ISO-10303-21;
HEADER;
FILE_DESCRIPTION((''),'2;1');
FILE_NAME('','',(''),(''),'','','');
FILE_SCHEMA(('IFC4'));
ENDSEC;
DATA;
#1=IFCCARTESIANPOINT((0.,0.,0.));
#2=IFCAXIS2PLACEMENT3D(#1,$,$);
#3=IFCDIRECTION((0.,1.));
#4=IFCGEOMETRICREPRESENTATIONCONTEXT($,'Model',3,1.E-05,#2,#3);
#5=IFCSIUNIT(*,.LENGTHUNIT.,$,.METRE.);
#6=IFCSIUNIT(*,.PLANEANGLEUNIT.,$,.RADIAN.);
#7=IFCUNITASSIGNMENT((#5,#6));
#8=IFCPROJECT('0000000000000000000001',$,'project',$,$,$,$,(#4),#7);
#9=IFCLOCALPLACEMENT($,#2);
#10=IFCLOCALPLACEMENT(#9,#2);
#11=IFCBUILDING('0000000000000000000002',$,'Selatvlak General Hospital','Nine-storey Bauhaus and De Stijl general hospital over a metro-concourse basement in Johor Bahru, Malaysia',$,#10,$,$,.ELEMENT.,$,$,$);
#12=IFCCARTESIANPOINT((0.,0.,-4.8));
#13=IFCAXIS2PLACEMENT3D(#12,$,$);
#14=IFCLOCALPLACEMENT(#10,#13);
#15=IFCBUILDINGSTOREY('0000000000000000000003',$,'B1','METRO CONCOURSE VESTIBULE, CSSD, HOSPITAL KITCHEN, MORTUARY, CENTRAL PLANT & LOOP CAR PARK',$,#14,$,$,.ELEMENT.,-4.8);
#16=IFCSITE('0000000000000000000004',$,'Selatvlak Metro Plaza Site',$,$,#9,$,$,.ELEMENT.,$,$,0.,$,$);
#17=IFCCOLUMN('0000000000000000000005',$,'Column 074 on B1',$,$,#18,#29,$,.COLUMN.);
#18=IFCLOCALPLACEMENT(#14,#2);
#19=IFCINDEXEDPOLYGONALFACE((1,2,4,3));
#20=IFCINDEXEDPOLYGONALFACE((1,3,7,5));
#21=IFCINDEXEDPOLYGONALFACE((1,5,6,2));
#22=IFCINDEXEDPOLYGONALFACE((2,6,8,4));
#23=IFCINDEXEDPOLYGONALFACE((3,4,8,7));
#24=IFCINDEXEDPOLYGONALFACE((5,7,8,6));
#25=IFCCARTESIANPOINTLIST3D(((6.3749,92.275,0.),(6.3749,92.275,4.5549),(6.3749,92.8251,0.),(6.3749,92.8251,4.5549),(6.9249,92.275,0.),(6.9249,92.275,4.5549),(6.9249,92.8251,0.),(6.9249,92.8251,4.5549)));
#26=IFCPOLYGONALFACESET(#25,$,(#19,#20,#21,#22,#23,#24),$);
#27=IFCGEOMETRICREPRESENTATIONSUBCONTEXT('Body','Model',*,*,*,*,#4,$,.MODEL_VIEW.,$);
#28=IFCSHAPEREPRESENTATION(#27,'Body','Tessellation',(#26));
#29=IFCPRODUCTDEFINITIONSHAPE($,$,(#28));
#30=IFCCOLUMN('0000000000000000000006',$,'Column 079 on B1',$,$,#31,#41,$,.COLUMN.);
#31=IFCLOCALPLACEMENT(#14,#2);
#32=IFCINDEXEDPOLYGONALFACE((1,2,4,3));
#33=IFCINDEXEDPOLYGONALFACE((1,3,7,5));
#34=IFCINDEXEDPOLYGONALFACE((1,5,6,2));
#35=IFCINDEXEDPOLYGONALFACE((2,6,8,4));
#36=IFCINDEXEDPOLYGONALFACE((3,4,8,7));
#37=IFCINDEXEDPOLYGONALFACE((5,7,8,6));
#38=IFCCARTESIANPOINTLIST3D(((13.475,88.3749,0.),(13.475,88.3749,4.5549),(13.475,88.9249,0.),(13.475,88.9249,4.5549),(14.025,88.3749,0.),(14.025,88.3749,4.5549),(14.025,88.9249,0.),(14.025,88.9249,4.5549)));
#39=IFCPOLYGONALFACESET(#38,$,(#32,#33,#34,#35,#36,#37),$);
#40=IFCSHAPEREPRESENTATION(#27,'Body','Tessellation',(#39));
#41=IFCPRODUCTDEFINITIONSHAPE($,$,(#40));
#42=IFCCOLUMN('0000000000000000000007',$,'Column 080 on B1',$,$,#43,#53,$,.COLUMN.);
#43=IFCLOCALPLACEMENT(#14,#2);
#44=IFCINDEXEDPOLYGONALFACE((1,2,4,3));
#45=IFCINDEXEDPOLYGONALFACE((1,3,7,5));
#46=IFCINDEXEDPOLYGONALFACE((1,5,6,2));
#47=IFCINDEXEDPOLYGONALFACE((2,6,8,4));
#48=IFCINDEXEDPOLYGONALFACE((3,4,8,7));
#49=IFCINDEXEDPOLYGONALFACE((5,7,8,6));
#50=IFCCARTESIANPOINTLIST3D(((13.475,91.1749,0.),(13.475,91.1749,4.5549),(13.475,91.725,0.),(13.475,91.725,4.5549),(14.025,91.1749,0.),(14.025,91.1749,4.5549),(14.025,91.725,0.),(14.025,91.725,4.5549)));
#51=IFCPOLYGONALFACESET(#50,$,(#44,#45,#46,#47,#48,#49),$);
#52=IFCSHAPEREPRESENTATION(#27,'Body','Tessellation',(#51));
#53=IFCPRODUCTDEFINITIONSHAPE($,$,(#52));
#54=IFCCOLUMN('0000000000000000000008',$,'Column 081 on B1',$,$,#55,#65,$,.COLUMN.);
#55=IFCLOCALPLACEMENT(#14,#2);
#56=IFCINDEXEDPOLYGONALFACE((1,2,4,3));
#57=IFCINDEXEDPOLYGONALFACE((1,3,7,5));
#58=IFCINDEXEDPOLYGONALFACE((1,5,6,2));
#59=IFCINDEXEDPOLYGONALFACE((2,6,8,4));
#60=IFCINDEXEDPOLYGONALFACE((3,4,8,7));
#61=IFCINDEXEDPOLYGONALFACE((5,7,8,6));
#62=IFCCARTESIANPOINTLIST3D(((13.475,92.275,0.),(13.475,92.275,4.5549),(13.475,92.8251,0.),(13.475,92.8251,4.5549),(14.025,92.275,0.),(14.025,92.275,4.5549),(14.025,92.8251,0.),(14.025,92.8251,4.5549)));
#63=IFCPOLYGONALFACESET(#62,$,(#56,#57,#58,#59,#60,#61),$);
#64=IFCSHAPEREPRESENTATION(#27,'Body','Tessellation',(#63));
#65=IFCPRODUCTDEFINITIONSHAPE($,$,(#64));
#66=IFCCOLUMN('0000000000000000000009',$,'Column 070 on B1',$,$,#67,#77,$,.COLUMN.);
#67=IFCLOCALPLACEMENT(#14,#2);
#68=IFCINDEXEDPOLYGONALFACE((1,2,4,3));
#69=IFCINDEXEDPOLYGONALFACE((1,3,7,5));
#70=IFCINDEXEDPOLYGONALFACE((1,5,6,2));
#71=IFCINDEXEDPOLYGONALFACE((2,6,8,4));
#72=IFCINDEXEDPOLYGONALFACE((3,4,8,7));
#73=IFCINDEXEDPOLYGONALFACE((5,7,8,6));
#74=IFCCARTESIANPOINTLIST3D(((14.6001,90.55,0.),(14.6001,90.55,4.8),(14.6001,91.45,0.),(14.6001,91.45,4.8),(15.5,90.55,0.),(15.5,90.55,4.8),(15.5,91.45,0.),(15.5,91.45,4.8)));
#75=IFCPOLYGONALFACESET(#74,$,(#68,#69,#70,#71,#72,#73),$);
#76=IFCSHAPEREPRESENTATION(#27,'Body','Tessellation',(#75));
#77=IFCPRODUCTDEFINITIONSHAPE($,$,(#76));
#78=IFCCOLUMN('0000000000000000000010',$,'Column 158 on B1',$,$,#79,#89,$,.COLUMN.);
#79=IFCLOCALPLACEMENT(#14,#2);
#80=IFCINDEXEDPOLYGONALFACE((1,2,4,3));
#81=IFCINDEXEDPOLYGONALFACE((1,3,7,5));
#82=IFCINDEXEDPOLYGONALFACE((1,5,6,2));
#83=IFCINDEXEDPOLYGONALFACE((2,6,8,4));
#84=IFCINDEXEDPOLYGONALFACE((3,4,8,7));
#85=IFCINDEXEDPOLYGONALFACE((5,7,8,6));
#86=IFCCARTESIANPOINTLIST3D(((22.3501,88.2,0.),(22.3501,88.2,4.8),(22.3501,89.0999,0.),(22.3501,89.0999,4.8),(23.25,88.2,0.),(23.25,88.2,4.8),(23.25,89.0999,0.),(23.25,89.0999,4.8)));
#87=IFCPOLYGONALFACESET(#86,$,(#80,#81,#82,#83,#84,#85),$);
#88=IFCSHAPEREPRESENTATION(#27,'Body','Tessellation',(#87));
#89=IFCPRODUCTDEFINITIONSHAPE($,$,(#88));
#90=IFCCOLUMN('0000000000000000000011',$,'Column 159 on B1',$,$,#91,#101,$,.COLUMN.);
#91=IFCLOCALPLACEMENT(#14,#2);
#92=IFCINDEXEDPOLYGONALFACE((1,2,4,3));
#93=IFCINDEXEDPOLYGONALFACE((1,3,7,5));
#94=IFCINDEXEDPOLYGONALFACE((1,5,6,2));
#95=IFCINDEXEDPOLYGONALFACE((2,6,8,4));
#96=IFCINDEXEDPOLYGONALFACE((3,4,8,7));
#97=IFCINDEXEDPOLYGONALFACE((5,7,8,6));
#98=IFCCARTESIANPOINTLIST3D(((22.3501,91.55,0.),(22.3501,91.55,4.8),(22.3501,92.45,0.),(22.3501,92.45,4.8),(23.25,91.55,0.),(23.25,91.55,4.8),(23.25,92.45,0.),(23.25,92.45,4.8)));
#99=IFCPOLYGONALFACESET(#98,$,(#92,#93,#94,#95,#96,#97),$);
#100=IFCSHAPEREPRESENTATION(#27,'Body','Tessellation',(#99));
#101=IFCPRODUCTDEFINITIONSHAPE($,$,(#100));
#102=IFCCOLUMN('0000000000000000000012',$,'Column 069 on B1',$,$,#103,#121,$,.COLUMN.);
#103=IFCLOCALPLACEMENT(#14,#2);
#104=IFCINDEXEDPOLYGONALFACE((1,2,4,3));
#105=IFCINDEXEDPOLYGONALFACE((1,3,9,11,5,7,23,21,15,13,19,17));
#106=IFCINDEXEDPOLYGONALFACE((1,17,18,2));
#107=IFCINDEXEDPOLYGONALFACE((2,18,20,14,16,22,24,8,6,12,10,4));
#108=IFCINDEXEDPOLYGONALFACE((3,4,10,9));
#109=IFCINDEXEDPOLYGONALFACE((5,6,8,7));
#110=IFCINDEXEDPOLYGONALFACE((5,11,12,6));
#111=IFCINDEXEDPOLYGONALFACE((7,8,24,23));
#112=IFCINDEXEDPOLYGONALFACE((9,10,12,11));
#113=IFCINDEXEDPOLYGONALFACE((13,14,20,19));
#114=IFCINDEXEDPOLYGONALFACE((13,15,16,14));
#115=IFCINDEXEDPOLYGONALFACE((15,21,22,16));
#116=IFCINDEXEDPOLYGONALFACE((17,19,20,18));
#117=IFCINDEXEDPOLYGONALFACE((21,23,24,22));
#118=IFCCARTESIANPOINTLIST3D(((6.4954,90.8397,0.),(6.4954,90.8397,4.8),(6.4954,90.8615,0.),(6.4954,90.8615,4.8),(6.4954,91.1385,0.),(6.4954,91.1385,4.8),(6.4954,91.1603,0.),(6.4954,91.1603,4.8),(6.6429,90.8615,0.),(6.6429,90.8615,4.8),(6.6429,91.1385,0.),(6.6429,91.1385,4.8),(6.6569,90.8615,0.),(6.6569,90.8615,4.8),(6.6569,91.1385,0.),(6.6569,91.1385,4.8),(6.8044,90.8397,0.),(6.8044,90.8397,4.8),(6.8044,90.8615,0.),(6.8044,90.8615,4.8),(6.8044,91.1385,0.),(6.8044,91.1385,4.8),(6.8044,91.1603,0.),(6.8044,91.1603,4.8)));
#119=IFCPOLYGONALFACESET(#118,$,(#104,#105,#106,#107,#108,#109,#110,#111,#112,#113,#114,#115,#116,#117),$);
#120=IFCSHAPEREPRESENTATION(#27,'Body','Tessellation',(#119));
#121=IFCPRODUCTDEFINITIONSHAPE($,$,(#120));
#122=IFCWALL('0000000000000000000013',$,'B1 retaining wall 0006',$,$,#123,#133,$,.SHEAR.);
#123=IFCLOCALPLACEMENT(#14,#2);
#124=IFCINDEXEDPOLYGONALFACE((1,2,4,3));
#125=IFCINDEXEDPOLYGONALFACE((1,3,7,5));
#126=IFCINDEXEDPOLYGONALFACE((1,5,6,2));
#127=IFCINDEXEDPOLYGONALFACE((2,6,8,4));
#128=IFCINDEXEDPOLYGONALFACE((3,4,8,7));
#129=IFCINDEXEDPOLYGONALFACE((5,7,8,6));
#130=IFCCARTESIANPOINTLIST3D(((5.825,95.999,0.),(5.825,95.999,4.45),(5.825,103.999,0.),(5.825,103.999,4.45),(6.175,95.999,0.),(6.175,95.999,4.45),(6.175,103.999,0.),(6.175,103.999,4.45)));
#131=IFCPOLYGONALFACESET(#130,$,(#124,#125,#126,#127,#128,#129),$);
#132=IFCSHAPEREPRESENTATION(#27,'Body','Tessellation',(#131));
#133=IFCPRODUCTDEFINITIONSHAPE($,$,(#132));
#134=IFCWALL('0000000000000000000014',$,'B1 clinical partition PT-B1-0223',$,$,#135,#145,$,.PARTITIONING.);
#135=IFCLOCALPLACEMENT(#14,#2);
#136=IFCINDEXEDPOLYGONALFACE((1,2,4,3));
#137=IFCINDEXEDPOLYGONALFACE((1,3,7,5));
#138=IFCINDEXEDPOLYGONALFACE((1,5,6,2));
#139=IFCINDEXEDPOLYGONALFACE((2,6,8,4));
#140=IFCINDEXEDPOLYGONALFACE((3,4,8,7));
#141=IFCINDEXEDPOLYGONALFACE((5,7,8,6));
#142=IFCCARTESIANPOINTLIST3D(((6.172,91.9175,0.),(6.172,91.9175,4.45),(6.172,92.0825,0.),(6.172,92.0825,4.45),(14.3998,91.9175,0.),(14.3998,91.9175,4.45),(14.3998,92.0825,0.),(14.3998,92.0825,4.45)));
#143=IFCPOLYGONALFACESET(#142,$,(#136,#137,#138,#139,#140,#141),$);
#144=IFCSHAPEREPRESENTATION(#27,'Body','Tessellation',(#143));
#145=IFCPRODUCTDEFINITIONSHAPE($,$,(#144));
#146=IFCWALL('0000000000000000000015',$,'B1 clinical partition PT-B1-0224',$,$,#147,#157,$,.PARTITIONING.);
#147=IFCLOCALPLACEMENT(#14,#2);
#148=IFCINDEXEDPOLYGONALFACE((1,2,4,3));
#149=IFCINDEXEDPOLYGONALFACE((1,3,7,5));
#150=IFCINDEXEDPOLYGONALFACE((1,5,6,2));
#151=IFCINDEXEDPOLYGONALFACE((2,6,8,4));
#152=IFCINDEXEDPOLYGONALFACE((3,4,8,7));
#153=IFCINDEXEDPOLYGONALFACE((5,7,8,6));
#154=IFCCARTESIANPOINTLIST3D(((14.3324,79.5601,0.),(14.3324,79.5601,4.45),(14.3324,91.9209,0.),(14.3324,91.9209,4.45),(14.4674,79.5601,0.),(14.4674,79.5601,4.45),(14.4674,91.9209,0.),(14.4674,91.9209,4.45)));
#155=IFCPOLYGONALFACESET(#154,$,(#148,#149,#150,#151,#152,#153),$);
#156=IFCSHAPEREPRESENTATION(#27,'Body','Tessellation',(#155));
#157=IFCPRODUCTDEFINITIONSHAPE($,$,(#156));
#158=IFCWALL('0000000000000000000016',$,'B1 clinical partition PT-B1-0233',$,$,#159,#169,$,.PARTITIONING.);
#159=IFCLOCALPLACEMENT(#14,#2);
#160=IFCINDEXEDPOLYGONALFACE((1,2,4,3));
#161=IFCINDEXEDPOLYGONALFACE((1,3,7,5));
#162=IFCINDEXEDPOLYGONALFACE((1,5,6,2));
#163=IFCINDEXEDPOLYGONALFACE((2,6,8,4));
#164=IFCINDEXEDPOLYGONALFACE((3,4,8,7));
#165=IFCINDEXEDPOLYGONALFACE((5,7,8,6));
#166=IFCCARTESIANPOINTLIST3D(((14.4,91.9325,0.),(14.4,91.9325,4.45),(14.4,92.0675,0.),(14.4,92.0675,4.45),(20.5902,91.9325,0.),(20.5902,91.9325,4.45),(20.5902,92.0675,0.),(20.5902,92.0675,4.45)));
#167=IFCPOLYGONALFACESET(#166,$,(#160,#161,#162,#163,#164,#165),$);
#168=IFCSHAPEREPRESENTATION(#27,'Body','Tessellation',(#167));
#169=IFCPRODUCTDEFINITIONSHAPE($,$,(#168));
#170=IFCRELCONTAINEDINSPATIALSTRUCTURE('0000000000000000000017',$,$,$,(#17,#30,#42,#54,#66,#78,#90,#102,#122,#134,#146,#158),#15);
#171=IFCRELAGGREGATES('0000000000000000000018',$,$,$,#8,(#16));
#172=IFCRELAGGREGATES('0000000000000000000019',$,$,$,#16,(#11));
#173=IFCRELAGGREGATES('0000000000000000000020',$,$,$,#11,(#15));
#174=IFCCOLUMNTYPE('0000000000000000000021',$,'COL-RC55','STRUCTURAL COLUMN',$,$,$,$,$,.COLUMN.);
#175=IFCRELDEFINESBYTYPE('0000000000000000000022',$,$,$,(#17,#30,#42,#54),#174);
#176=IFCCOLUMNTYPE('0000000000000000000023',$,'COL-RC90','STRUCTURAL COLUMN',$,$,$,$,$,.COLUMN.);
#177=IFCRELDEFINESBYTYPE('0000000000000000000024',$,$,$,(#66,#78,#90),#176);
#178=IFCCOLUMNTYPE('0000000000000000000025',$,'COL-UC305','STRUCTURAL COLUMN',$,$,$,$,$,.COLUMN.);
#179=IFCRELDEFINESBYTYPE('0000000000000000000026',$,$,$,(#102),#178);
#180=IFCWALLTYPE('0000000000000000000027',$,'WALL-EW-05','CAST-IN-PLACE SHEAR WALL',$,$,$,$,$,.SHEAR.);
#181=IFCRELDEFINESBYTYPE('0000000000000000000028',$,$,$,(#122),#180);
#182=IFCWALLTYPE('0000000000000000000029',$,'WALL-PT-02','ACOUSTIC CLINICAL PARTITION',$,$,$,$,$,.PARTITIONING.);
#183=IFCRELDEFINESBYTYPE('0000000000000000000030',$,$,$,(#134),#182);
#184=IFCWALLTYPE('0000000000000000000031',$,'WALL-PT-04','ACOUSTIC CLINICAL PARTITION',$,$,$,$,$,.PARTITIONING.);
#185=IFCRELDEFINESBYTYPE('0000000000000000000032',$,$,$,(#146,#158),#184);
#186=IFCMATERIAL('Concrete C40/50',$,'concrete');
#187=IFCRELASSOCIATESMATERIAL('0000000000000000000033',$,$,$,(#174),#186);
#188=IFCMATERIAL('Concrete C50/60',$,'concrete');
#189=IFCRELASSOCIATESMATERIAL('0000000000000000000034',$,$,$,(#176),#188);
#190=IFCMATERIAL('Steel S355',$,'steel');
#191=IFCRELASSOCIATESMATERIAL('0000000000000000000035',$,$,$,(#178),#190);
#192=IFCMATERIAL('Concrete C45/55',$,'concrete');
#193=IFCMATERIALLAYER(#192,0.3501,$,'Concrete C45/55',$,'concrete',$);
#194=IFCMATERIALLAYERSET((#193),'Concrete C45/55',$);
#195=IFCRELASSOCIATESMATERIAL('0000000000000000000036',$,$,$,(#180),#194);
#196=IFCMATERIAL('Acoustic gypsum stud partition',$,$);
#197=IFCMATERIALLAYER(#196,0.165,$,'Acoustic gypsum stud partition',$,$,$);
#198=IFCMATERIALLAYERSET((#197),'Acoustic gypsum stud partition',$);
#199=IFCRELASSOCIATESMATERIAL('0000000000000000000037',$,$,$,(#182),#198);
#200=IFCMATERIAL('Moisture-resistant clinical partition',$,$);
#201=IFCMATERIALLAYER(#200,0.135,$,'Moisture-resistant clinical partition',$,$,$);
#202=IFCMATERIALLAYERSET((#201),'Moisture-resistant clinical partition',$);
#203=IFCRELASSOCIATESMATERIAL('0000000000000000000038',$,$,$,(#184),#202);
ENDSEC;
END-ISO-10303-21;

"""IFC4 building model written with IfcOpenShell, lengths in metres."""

from ifc_helpers import new_model, si_unit, direction, frame, frame_2d, origin, origin_2d, place, context, subcontext, project, spatial, rectangle, i_section, extrude, material, layer, layer_set, material_profile, profile_set, type_object, element, save


model = new_model("IFC4")

# Units and contexts
model_context = context("Model", 3, precision=1e-05, world=origin(), true_north=direction((0.0, 1.0)))
body_context = subcontext(model_context, "Body", "Model", "MODEL_VIEW")
ifc_project = project(units=[si_unit("LENGTHUNIT", "METRE"), si_unit("PLANEANGLEUNIT", "RADIAN")], contexts=[model_context])

# Site, building, storey
site_placement = place(None, origin())
site = spatial("IfcSite", under=ifc_project, at=site_placement, Name="Selatvlak Metro Plaza Site", CompositionType="ELEMENT", RefElevation=0.0)
building_placement = place(site_placement, origin())
building = spatial("IfcBuilding", under=site, at=building_placement, Name="Selatvlak General Hospital", Description="Nine-storey Bauhaus and De Stijl general hospital over a metro-concourse basement in Johor Bahru, Malaysia", CompositionType="ELEMENT")
storey_placement = place(building_placement, frame((0.0, 0.0, -4.8)))
storey = spatial("IfcBuildingStorey", under=building, at=storey_placement, Name="B1", Description="METRO CONCOURSE VESTIBULE, CSSD, HOSPITAL KITCHEN, MORTUARY, CENTRAL PLANT & LOOP CAR PARK", CompositionType="ELEMENT", Elevation=-4.8)

# Shared definitions
ifc_material_1 = material(Name="Concrete C40/50", Category="concrete")

# Columns
ifc_material_profile_1 = material_profile(ifc_material_1, rectangle(XDim=0.55, YDim=0.55, at=origin_2d()), Name="RC-COL 550x550")
ifc_profile_set_1 = profile_set([ifc_material_profile_1], Name="Concrete C40/50")
column_type_1 = type_object("IfcColumnType", Name="COL-RC55", Description="STRUCTURAL COLUMN", PredefinedType="COLUMN", material=ifc_profile_set_1)
for number, where, z_axis, x_axis, name in (
    (1, (6.6499, 92.55, 0.0), (0.0, 0.0, 1.0), (1.0, 0.0, 0.0), "Column 074 on B1"),
    (2, (13.75, 88.6499, 0.0), (0.0, 0.0, 1.0), (1.0, 0.0, 0.0), "Column 079 on B1"),
    (3, (13.75, 91.45, 0.0), (0.0, 0.0, 1.0), (1.0, 0.0, 0.0), "Column 080 on B1"),
    (4, (13.75, 92.55, 0.0), (0.0, 0.0, 1.0), (1.0, 0.0, 0.0), "Column 081 on B1"),
):
    element("IfcColumn", number, at=place(storey_placement, frame(where, z_axis=z_axis, x_axis=x_axis)), inside=storey, type_object=column_type_1, Name=name, PredefinedType="COLUMN", context=body_context, shape_type="SweptSolid", body=[
        extrude(rectangle(XDim=0.55, YDim=0.55, at=origin_2d()), origin(), (0.0, 0.0, 1.0), 4.5549),
    ])
ifc_material_2 = material(Name="Concrete C50/60", Category="concrete")
ifc_material_profile_2 = material_profile(ifc_material_2, rectangle(XDim=0.8999, YDim=0.8999, at=origin_2d()), Name="RC-COL 900x900")
ifc_profile_set_2 = profile_set([ifc_material_profile_2], Name="Concrete C50/60")
column_type_2 = type_object("IfcColumnType", Name="COL-RC90", Description="STRUCTURAL COLUMN", PredefinedType="COLUMN", material=ifc_profile_set_2)
for number, where, z_axis, x_axis, name in (
    (5, (15.05, 91.0, 0.0), (0.0, 0.0, 1.0), (1.0, 0.0, 0.0), "Column 070 on B1"),
    (6, (22.8, 88.6499, 0.0), (0.0, 0.0, 1.0), (1.0, 0.0, 0.0), "Column 158 on B1"),
    (7, (22.8, 92.0, 0.0), (0.0, 0.0, 1.0), (1.0, 0.0, 0.0), "Column 159 on B1"),
):
    element("IfcColumn", number, at=place(storey_placement, frame(where, z_axis=z_axis, x_axis=x_axis)), inside=storey, type_object=column_type_2, Name=name, PredefinedType="COLUMN", context=body_context, shape_type="SweptSolid", body=[
        extrude(rectangle(XDim=0.8999, YDim=0.8999, at=origin_2d()), origin(), (0.0, 0.0, 1.0), 4.8),
    ])
ifc_material_3 = material(Name="Steel S355", Category="steel")
ifc_material_profile_3 = material_profile(ifc_material_3, i_section(OverallWidth=0.3091, OverallDepth=0.3206, WebThickness=0.0139, FlangeThickness=0.0217, at=origin_2d()), Name="UC 305x305x137")
ifc_profile_set_3 = profile_set([ifc_material_profile_3], Name="Steel S355")
column_type_3 = type_object("IfcColumnType", Name="COL-UC305", Description="STRUCTURAL COLUMN", PredefinedType="COLUMN", material=ifc_profile_set_3)
column_placement = place(storey_placement, frame((6.6499, 91.0, 0.0), z_axis=(0.0, 0.0, 1.0), x_axis=(1.0, 0.0, 0.0)))
element("IfcColumn", 8, at=column_placement, inside=storey, type_object=column_type_3, Name="Column 069 on B1", PredefinedType="COLUMN", context=body_context, shape_type="SweptSolid", body=[
    extrude(i_section(OverallWidth=0.3091, OverallDepth=0.3206, WebThickness=0.0139, FlangeThickness=0.0217, at=origin_2d()), origin(), (0.0, 0.0, 1.0), 4.8),
])

# Walls
ifc_material_4 = material(Name="Concrete C45/55", Category="concrete")
ifc_layer_1 = layer(ifc_material_4, 0.3501, Name="Concrete C45/55", Category="concrete")
ifc_layer_set_1 = layer_set([ifc_layer_1], Name="Concrete C45/55")
wall_type_1 = type_object("IfcWallType", Name="WALL-EW-05", Description="CAST-IN-PLACE SHEAR WALL", PredefinedType="SHEAR", material=ifc_layer_set_1)
wall_1_placement = place(storey_placement, frame((6.0, 95.999, 0.0), z_axis=(0.0, 0.0, 1.0), x_axis=(0.0, 1.0, 0.0)))
element("IfcWall", 9, at=wall_1_placement, inside=storey, type_object=wall_type_1, Name="B1 retaining wall 0006", PredefinedType="SHEAR", context=body_context, shape_type="SweptSolid", body=[
    extrude(rectangle(XDim=8.0, YDim=0.3501, at=frame_2d((4.0, 0.0))), origin(), (0.0, 0.0, 1.0), 4.45),
])
ifc_material_5 = material(Name="Acoustic gypsum stud partition")
ifc_layer_2 = layer(ifc_material_5, 0.165, Name="Acoustic gypsum stud partition")
ifc_layer_set_2 = layer_set([ifc_layer_2], Name="Acoustic gypsum stud partition")
wall_type_2 = type_object("IfcWallType", Name="WALL-PT-02", Description="ACOUSTIC CLINICAL PARTITION", PredefinedType="PARTITIONING", material=ifc_layer_set_2)
wall_2_placement = place(storey_placement, frame((6.1721, 92.0, 0.0), z_axis=(0.0, 0.0, 1.0), x_axis=(1.0, 0.0, 0.0)))
element("IfcWall", 10, at=wall_2_placement, inside=storey, type_object=wall_type_2, Name="B1 clinical partition PT-B1-0223", PredefinedType="PARTITIONING", context=body_context, shape_type="SweptSolid", body=[
    extrude(rectangle(XDim=8.2278, YDim=0.165, at=frame_2d((4.1138, 0.0))), origin(), (0.0, 0.0, 1.0), 4.45),
])
ifc_material_6 = material(Name="Moisture-resistant clinical partition")
ifc_layer_3 = layer(ifc_material_6, 0.135, Name="Moisture-resistant clinical partition")
ifc_layer_set_3 = layer_set([ifc_layer_3], Name="Moisture-resistant clinical partition")
wall_type_3 = type_object("IfcWallType", Name="WALL-PT-04", Description="ACOUSTIC CLINICAL PARTITION", PredefinedType="PARTITIONING", material=ifc_layer_set_3)
wall_3_placement = place(storey_placement, frame((14.3999, 91.9209, 0.0), z_axis=(0.0, 0.0, 1.0), x_axis=(0.0, -1.0, 0.0)))
element("IfcWall", 11, at=wall_3_placement, inside=storey, type_object=wall_type_3, Name="B1 clinical partition PT-B1-0224", PredefinedType="PARTITIONING", context=body_context, shape_type="SweptSolid", body=[
    extrude(rectangle(XDim=12.3608, YDim=0.135, at=frame_2d((6.1804, 0.0))), origin(), (0.0, 0.0, 1.0), 4.45),
])
wall_4_placement = place(storey_placement, frame((14.3999, 92.0, 0.0), z_axis=(0.0, 0.0, 1.0), x_axis=(1.0, 0.0, 0.0)))
element("IfcWall", 12, at=wall_4_placement, inside=storey, type_object=wall_type_3, Name="B1 clinical partition PT-B1-0233", PredefinedType="PARTITIONING", context=body_context, shape_type="SweptSolid", body=[
    extrude(rectangle(XDim=6.1902, YDim=0.135, at=frame_2d((3.0952, 0.0))), origin(), (0.0, 0.0, 1.0), 4.45),
])

save(model, "model.ifc")
